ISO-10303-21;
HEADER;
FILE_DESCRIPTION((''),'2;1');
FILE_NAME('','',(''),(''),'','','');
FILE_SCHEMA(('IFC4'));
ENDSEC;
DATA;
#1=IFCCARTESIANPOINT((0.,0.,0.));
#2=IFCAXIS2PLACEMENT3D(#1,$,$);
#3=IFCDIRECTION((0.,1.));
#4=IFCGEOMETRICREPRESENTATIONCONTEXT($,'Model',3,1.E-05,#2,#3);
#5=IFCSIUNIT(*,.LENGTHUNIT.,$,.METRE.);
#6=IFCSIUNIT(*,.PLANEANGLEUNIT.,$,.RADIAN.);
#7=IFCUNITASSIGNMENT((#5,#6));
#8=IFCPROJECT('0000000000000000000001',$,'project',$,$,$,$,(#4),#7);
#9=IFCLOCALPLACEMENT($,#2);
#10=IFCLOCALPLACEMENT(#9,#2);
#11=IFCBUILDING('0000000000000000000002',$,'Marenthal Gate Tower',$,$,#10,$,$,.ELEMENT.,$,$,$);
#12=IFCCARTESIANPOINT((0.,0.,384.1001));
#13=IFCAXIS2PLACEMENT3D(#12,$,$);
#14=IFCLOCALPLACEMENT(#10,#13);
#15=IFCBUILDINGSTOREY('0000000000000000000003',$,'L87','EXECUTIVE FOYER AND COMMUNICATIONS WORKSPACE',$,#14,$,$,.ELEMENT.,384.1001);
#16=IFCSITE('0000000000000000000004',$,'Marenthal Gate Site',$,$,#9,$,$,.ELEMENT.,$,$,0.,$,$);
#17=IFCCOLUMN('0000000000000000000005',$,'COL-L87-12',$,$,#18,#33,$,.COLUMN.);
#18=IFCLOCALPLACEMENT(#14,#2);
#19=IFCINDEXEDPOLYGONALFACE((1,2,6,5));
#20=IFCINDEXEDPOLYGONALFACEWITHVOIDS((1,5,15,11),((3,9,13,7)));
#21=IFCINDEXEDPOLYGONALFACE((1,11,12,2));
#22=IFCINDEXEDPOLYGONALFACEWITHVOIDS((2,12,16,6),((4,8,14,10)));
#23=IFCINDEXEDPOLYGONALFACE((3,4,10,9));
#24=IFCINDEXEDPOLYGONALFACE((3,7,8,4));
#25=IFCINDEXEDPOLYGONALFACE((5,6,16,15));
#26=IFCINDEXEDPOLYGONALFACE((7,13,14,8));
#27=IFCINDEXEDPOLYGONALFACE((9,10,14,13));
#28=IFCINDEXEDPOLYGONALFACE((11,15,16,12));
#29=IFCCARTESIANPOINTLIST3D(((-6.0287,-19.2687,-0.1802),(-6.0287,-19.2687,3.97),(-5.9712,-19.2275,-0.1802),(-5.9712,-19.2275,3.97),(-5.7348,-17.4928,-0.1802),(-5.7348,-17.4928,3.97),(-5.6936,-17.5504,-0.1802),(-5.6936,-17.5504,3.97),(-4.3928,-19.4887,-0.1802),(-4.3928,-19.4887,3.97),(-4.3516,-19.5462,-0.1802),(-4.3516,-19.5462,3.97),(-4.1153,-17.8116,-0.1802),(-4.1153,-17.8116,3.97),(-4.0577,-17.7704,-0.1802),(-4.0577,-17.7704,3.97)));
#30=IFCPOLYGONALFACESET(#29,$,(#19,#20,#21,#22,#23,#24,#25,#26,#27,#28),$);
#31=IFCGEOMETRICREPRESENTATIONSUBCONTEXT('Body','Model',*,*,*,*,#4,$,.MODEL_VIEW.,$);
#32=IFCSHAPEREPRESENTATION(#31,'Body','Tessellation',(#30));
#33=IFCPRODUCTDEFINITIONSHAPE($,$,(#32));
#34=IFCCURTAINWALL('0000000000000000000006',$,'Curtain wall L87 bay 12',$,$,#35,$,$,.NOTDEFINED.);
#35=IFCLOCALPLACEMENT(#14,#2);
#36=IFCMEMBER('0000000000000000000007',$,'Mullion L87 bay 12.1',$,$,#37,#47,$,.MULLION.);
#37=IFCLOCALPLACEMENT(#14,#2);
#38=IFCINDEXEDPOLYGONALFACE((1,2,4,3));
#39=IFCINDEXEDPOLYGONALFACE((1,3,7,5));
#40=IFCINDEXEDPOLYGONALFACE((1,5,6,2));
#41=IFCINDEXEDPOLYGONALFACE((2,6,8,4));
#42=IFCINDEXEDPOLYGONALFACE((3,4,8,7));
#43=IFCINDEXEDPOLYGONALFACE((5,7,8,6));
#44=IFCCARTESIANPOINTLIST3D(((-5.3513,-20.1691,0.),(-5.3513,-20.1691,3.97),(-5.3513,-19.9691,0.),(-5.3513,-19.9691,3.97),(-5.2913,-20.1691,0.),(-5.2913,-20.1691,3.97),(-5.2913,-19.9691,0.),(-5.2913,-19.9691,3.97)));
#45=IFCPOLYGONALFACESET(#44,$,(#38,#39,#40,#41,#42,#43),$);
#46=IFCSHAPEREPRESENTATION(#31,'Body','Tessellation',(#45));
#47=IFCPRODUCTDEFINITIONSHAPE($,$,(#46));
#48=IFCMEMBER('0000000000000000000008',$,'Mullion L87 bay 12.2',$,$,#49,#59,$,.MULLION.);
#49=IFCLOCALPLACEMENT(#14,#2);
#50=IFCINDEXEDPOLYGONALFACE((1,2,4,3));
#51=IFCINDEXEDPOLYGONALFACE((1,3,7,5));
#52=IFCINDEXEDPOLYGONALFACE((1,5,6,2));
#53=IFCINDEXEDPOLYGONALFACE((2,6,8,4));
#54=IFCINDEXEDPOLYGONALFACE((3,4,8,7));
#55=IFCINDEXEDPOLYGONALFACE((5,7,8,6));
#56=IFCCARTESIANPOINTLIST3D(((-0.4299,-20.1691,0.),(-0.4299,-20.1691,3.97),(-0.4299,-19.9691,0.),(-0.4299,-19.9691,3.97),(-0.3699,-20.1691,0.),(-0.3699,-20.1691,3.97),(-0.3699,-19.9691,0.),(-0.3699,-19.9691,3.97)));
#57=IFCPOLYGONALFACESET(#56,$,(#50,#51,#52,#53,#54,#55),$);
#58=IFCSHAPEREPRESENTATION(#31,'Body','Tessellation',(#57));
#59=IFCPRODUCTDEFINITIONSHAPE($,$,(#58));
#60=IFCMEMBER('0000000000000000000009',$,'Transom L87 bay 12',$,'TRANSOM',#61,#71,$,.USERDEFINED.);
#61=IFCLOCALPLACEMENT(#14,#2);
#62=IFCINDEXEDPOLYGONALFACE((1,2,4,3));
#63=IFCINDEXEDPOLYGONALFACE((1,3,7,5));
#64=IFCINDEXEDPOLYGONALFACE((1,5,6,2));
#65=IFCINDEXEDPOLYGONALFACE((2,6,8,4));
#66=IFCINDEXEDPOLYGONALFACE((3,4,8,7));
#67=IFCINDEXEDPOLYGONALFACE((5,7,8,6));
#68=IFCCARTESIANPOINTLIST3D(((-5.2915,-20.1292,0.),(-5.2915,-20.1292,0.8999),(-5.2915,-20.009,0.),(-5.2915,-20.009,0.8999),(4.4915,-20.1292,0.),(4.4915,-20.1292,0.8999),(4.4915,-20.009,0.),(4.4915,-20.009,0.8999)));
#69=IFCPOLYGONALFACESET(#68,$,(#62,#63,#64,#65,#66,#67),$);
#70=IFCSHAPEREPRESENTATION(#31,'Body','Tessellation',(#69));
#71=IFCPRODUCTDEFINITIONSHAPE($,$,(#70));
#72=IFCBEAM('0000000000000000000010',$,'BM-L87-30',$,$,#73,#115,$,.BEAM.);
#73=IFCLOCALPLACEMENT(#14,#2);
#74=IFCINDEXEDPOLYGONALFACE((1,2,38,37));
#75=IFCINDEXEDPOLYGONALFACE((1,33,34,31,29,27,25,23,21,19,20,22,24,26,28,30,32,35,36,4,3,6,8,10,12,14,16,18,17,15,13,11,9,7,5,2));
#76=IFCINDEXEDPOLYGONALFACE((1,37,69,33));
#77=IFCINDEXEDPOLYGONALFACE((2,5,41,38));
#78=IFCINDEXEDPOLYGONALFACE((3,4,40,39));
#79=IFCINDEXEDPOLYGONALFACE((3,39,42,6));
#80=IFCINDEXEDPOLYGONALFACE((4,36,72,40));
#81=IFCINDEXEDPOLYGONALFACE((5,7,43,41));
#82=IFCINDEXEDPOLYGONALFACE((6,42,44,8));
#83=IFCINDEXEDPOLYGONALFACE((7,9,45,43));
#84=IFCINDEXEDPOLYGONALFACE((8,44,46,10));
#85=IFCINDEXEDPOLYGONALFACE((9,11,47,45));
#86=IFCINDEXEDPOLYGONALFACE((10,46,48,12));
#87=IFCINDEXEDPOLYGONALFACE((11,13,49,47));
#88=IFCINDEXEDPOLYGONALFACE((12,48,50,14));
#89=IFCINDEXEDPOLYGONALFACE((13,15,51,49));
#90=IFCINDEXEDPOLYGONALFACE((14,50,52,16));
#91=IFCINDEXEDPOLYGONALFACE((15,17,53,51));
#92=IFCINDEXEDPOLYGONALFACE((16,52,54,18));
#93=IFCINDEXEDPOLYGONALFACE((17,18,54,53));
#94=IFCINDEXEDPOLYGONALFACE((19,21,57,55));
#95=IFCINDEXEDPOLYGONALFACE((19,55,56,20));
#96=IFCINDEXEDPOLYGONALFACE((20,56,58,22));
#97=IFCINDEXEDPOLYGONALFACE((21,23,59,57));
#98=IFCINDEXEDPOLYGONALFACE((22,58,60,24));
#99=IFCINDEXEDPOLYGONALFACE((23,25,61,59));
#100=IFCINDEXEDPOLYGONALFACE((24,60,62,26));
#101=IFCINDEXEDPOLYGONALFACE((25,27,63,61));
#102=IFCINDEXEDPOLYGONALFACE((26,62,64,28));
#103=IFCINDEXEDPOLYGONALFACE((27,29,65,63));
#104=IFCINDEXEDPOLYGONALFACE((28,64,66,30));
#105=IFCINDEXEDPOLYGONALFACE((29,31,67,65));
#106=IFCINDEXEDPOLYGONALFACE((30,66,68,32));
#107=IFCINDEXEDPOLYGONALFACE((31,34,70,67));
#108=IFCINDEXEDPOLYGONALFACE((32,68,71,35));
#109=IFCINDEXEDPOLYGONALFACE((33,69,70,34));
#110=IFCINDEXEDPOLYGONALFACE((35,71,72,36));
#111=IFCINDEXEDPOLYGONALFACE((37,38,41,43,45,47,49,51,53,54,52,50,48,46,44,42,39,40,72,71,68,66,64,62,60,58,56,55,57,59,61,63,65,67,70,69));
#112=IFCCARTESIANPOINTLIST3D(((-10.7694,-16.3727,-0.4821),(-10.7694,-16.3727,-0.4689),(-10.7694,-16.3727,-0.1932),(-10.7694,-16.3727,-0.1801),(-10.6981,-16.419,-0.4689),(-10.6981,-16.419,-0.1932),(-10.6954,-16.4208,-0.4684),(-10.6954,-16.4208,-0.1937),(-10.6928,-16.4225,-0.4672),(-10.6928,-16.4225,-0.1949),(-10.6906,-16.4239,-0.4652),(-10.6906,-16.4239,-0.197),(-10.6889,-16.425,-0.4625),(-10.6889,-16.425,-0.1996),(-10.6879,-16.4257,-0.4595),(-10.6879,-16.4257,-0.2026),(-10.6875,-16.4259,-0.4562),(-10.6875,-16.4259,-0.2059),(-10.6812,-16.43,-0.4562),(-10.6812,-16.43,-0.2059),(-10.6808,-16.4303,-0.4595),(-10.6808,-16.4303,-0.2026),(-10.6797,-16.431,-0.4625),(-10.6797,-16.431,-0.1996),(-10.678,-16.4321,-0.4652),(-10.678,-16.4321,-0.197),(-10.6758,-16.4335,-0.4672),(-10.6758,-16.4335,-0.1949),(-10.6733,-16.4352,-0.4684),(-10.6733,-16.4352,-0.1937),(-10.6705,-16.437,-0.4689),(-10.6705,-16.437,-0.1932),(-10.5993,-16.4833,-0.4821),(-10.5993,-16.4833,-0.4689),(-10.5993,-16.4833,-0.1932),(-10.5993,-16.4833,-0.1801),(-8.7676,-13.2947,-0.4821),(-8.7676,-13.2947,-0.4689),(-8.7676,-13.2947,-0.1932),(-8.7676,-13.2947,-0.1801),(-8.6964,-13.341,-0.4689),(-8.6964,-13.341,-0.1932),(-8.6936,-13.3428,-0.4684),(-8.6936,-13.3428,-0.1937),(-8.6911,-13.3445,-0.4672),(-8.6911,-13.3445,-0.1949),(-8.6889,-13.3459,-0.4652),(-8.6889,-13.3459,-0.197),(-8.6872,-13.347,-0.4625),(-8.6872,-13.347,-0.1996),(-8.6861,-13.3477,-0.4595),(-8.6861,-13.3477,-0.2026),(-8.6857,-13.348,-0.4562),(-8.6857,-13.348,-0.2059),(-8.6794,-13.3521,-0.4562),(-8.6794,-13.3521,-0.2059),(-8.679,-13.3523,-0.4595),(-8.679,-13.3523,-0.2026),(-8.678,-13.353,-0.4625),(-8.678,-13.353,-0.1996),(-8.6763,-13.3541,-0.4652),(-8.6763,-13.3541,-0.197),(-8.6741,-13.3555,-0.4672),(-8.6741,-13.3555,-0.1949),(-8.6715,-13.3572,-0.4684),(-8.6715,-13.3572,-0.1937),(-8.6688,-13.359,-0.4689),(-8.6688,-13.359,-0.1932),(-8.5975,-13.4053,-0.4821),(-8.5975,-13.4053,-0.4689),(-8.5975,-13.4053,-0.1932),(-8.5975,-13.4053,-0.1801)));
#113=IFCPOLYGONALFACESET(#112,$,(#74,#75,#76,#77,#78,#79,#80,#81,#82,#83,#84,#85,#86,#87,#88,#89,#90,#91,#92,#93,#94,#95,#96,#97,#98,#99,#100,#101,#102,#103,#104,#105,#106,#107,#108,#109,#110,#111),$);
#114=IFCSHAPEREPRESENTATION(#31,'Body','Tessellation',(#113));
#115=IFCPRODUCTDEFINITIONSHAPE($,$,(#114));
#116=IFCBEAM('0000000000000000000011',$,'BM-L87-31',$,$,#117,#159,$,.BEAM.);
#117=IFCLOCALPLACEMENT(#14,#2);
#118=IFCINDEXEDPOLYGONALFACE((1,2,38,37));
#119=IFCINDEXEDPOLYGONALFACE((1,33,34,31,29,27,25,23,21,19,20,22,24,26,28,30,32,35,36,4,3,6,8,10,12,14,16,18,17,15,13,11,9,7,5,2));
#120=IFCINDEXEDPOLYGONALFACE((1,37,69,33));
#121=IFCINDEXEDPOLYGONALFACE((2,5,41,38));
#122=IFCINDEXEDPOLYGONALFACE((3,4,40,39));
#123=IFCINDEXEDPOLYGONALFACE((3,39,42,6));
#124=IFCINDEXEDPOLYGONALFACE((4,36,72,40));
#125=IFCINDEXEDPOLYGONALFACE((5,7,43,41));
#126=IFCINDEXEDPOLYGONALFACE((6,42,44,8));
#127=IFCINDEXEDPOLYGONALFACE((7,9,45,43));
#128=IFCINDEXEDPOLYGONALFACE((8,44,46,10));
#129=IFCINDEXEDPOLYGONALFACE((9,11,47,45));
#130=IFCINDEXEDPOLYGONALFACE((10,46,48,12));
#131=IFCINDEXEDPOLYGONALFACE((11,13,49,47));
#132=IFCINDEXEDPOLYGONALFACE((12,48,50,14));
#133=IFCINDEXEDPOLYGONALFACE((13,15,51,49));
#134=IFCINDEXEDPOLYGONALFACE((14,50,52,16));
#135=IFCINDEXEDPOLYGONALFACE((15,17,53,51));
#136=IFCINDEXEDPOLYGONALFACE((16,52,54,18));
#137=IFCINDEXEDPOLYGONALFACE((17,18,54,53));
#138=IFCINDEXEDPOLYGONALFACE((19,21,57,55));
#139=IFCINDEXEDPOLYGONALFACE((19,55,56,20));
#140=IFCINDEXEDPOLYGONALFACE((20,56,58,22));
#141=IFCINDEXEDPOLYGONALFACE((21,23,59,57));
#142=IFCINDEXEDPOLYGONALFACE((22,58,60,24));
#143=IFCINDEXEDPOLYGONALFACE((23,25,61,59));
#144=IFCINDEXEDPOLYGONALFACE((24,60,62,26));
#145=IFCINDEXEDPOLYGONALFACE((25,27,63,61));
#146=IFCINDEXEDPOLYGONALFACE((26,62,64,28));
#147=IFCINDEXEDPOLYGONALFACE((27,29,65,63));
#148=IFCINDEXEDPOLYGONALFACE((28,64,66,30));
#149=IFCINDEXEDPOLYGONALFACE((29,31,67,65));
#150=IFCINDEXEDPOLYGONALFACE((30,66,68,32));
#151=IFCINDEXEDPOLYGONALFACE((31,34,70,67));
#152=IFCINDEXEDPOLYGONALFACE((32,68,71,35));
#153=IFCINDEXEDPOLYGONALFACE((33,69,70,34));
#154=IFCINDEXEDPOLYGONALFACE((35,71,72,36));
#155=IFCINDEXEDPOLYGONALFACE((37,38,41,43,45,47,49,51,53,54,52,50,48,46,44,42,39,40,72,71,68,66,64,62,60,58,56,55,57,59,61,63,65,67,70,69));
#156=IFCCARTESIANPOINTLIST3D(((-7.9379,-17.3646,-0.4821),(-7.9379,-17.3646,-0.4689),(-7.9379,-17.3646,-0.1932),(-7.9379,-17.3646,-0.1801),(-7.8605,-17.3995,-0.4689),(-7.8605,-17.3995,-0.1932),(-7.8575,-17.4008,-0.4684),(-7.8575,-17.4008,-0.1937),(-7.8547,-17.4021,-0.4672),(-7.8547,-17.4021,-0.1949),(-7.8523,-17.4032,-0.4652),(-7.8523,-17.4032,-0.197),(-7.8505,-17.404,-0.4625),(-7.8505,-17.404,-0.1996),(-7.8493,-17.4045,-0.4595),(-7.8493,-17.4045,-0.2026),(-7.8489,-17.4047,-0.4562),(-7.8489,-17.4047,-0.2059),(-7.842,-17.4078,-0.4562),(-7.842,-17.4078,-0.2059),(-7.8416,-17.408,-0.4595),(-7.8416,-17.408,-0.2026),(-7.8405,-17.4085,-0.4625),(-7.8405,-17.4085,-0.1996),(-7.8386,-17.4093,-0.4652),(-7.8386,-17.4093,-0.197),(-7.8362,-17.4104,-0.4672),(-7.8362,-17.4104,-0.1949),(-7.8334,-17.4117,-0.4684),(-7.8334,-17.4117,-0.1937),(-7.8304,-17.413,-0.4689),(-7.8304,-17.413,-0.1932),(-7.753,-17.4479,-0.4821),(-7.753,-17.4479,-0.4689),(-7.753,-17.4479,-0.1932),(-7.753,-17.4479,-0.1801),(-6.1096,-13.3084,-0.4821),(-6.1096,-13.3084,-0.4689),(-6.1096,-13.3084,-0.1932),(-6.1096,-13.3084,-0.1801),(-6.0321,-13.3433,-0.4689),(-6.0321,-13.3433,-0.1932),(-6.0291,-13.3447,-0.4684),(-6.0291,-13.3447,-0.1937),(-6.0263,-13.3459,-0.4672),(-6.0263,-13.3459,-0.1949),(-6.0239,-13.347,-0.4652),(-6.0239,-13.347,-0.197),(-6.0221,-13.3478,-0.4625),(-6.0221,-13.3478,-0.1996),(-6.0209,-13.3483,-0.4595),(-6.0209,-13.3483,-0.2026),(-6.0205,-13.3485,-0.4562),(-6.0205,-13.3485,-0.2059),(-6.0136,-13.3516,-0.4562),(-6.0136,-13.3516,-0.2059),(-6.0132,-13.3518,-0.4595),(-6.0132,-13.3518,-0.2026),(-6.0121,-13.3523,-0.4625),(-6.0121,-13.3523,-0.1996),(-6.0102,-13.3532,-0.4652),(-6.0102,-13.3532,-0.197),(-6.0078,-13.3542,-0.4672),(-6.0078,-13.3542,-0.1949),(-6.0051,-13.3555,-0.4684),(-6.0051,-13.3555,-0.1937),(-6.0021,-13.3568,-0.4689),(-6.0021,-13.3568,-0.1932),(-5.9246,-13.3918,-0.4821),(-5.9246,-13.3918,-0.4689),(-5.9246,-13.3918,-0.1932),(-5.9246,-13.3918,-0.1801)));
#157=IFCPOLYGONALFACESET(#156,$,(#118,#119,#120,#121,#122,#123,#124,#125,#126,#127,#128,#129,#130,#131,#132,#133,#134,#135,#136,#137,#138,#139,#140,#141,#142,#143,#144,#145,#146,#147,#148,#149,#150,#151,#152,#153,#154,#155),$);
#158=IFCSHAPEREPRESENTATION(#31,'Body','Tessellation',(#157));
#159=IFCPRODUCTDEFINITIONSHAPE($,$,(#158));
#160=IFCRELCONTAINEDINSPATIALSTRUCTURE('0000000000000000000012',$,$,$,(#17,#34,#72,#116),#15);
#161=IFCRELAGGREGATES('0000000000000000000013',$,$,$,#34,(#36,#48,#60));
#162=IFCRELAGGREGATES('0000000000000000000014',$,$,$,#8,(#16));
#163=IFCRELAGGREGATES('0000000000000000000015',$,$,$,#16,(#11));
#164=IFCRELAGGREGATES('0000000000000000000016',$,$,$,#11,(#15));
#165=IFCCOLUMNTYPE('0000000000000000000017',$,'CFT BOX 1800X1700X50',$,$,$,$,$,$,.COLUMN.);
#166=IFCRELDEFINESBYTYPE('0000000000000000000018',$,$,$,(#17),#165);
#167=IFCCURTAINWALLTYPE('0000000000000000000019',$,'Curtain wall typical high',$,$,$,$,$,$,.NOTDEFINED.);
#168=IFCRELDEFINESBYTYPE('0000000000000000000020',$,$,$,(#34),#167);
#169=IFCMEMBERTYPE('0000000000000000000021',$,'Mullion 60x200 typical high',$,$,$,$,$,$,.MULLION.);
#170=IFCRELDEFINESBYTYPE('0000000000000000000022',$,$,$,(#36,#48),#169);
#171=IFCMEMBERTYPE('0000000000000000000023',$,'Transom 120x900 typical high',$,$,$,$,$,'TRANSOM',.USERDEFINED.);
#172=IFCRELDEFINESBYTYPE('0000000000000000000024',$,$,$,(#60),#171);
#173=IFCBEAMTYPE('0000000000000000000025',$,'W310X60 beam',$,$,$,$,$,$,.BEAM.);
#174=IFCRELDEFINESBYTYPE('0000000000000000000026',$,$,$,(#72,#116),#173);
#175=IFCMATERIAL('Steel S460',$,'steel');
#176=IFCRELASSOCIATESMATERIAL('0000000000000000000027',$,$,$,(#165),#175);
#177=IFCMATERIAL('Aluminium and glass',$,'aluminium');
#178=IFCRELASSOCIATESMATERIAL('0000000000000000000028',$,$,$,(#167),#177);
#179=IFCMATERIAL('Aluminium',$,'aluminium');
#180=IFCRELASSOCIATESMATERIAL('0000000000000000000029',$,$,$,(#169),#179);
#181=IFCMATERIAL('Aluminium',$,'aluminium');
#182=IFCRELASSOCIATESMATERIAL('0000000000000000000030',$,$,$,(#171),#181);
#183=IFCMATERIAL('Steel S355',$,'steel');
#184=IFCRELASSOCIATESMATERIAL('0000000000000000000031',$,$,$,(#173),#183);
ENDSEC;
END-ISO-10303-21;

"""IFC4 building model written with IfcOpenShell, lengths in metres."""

from ifc_helpers import new_model, si_unit, direction, frame, origin, origin_2d, place, context, subcontext, project, spatial, rectangle, hollow_rectangle, i_section, extrude, material, material_profile, profile_set, type_object, element, aggregate, save


model = new_model("IFC4")

# Units and contexts
model_context = context("Model", 3, precision=1e-05, world=origin(), true_north=direction((0.0, 1.0)))
body_context = subcontext(model_context, "Body", "Model", "MODEL_VIEW")
ifc_project = project(units=[si_unit("LENGTHUNIT", "METRE"), si_unit("PLANEANGLEUNIT", "RADIAN")], contexts=[model_context])

# Site, building, storey
site_placement = place(None, origin())
site = spatial("IfcSite", under=ifc_project, at=site_placement, Name="Marenthal Gate Site", CompositionType="ELEMENT", RefElevation=0.0)
building_placement = place(site_placement, origin())
building = spatial("IfcBuilding", under=site, at=building_placement, Name="Marenthal Gate Tower", CompositionType="ELEMENT")
storey_placement = place(building_placement, frame((0.0, 0.0, 384.1001)))
storey = spatial("IfcBuildingStorey", under=building, at=storey_placement, Name="L87", Description="EXECUTIVE FOYER AND COMMUNICATIONS WORKSPACE", CompositionType="ELEMENT", Elevation=384.1001)

# Column
ifc_material_1 = material(Name="Steel S460", Category="steel")
ifc_material_profile_1 = material_profile(ifc_material_1, hollow_rectangle(XDim=1.7, YDim=1.8, WallThickness=0.05, at=origin_2d()), Name="CFT BOX 1800X1700X50")
ifc_material_2 = material(Name="Concrete 70 MPa", Category="concrete")
ifc_material_profile_2 = material_profile(ifc_material_2, rectangle(XDim=1.6001, YDim=1.7, at=origin_2d()), Name="CFT BOX 1800X1700X50 INFILL")
ifc_profile_set_1 = profile_set([ifc_material_profile_1, ifc_material_profile_2], Name="Steel S460 shell, Concrete 70 MPa infill")
column_type = type_object("IfcColumnType", Name="CFT BOX 1800X1700X50", PredefinedType="COLUMN", material=ifc_profile_set_1)
column_placement = place(storey_placement, frame((-5.0432, -18.5195, -0.1802), z_axis=(0.0, 0.0, 1.0), x_axis=(-0.986583, 0.163262, 0.0)))
element("IfcColumn", 1, at=column_placement, inside=storey, type_object=column_type, Name="COL-L87-12", PredefinedType="COLUMN", context=body_context, shape_type="SweptSolid", body=[
    extrude(hollow_rectangle(XDim=1.7, YDim=1.8, WallThickness=0.05, at=origin_2d()), origin(), (0.0, 0.0, 1.0), 4.1501),
])

# Curtain wall, members
ifc_material_3 = material(Name="Aluminium and glass", Category="aluminium")
curtain_wall_type = type_object("IfcCurtainWallType", Name="Curtain wall typical high", PredefinedType="NOTDEFINED", material=ifc_material_3)
curtain_wall_placement = place(storey_placement, origin())
curtain_wall = element("IfcCurtainWall", 2, at=curtain_wall_placement, inside=storey, type_object=curtain_wall_type, Name="Curtain wall L87 bay 12", PredefinedType="NOTDEFINED")
ifc_material_4 = material(Name="Aluminium", Category="aluminium")
ifc_material_profile_3 = material_profile(ifc_material_4, rectangle(XDim=0.2, YDim=0.0601, at=origin_2d()), Name="60x200 aluminium mullion")
ifc_profile_set_2 = profile_set([ifc_material_profile_3], Name="Aluminium")
member_type_1 = type_object("IfcMemberType", Name="Mullion 60x200 typical high", PredefinedType="MULLION", material=ifc_profile_set_2)
member_1_placement = place(storey_placement, frame((-5.3213, -20.0691, 0.0), z_axis=(0.0, 0.0, 1.0), x_axis=(0.0, 1.0, 0.0)))
member_1 = element("IfcMember", 3, at=member_1_placement, type_object=member_type_1, Name="Mullion L87 bay 12.1", PredefinedType="MULLION", context=body_context, shape_type="SweptSolid", body=[
    extrude(rectangle(XDim=0.2, YDim=0.0601, at=origin_2d()), origin(), (0.0, 0.0, 1.0), 3.97),
])
member_2_placement = place(storey_placement, frame((-0.3999, -20.0691, 0.0), z_axis=(0.0, 0.0, 1.0), x_axis=(0.0, 1.0, 0.0)))
member_2 = element("IfcMember", 4, at=member_2_placement, type_object=member_type_1, Name="Mullion L87 bay 12.2", PredefinedType="MULLION", context=body_context, shape_type="SweptSolid", body=[
    extrude(rectangle(XDim=0.2, YDim=0.0601, at=origin_2d()), origin(), (0.0, 0.0, 1.0), 3.97),
])
ifc_material_5 = material(Name="Aluminium", Category="aluminium")
ifc_material_profile_4 = material_profile(ifc_material_5, rectangle(XDim=0.1201, YDim=0.8999, at=origin_2d()), Name="120x900 aluminium transom")
ifc_profile_set_3 = profile_set([ifc_material_profile_4], Name="Aluminium")
member_type_2 = type_object("IfcMemberType", Name="Transom 120x900 typical high", ElementType="TRANSOM", PredefinedType="USERDEFINED", material=ifc_profile_set_3)
member_3_placement = place(storey_placement, frame((-5.2915, -20.0691, 0.45), z_axis=(1.0, 0.0, 0.0), x_axis=(0.0, 1.0, 0.0)))
member_3 = element("IfcMember", 5, at=member_3_placement, type_object=member_type_2, Name="Transom L87 bay 12", ObjectType="TRANSOM", PredefinedType="USERDEFINED", context=body_context, shape_type="SweptSolid", body=[
    extrude(rectangle(XDim=0.1201, YDim=0.8999, at=origin_2d()), origin(), (0.0, 0.0, 1.0), 9.783),
])

# Beams
ifc_material_6 = material(Name="Steel S355", Category="steel")
ifc_material_profile_5 = material_profile(ifc_material_6, i_section(OverallWidth=0.2029, OverallDepth=0.302, WebThickness=0.0076, FlangeThickness=0.0132, FilletRadius=0.0127, at=origin_2d()), Name="W310X60")
ifc_profile_set_4 = profile_set([ifc_material_profile_5], Name="Steel S355")
beam_type_1 = type_object("IfcBeamType", Name="W310X60 beam", PredefinedType="BEAM", material=ifc_profile_set_4)
beam_1_placement = place(storey_placement, frame((-10.6843, -16.428, -0.3311), z_axis=(0.545196, 0.838308, 0.0), x_axis=(-0.838308, 0.545196, 0.0)))
element("IfcBeam", 6, at=beam_1_placement, inside=storey, type_object=beam_type_1, Name="BM-L87-30", PredefinedType="BEAM", context=body_context, shape_type="SweptSolid", body=[
    extrude(i_section(OverallWidth=0.2029, OverallDepth=0.302, WebThickness=0.0076, FlangeThickness=0.0132, FilletRadius=0.0127, at=origin_2d()), origin(), (0.0, 0.0, 1.0), 3.6716),
])
beam_2_placement = place(storey_placement, frame((-7.8455, -17.4062, -0.3311), z_axis=(0.410944, 0.911661, 0.0), x_axis=(-0.911661, 0.410944, 0.0)))
element("IfcBeam", 7, at=beam_2_placement, inside=storey, type_object=beam_type_1, Name="BM-L87-31", PredefinedType="BEAM", context=body_context, shape_type="SweptSolid", body=[
    extrude(i_section(OverallWidth=0.2029, OverallDepth=0.302, WebThickness=0.0076, FlangeThickness=0.0132, FilletRadius=0.0127, at=origin_2d()), origin(), (0.0, 0.0, 1.0), 4.4492),
])

aggregate(curtain_wall, [member_1, member_2, member_3])

save(model, "model.ifc")
